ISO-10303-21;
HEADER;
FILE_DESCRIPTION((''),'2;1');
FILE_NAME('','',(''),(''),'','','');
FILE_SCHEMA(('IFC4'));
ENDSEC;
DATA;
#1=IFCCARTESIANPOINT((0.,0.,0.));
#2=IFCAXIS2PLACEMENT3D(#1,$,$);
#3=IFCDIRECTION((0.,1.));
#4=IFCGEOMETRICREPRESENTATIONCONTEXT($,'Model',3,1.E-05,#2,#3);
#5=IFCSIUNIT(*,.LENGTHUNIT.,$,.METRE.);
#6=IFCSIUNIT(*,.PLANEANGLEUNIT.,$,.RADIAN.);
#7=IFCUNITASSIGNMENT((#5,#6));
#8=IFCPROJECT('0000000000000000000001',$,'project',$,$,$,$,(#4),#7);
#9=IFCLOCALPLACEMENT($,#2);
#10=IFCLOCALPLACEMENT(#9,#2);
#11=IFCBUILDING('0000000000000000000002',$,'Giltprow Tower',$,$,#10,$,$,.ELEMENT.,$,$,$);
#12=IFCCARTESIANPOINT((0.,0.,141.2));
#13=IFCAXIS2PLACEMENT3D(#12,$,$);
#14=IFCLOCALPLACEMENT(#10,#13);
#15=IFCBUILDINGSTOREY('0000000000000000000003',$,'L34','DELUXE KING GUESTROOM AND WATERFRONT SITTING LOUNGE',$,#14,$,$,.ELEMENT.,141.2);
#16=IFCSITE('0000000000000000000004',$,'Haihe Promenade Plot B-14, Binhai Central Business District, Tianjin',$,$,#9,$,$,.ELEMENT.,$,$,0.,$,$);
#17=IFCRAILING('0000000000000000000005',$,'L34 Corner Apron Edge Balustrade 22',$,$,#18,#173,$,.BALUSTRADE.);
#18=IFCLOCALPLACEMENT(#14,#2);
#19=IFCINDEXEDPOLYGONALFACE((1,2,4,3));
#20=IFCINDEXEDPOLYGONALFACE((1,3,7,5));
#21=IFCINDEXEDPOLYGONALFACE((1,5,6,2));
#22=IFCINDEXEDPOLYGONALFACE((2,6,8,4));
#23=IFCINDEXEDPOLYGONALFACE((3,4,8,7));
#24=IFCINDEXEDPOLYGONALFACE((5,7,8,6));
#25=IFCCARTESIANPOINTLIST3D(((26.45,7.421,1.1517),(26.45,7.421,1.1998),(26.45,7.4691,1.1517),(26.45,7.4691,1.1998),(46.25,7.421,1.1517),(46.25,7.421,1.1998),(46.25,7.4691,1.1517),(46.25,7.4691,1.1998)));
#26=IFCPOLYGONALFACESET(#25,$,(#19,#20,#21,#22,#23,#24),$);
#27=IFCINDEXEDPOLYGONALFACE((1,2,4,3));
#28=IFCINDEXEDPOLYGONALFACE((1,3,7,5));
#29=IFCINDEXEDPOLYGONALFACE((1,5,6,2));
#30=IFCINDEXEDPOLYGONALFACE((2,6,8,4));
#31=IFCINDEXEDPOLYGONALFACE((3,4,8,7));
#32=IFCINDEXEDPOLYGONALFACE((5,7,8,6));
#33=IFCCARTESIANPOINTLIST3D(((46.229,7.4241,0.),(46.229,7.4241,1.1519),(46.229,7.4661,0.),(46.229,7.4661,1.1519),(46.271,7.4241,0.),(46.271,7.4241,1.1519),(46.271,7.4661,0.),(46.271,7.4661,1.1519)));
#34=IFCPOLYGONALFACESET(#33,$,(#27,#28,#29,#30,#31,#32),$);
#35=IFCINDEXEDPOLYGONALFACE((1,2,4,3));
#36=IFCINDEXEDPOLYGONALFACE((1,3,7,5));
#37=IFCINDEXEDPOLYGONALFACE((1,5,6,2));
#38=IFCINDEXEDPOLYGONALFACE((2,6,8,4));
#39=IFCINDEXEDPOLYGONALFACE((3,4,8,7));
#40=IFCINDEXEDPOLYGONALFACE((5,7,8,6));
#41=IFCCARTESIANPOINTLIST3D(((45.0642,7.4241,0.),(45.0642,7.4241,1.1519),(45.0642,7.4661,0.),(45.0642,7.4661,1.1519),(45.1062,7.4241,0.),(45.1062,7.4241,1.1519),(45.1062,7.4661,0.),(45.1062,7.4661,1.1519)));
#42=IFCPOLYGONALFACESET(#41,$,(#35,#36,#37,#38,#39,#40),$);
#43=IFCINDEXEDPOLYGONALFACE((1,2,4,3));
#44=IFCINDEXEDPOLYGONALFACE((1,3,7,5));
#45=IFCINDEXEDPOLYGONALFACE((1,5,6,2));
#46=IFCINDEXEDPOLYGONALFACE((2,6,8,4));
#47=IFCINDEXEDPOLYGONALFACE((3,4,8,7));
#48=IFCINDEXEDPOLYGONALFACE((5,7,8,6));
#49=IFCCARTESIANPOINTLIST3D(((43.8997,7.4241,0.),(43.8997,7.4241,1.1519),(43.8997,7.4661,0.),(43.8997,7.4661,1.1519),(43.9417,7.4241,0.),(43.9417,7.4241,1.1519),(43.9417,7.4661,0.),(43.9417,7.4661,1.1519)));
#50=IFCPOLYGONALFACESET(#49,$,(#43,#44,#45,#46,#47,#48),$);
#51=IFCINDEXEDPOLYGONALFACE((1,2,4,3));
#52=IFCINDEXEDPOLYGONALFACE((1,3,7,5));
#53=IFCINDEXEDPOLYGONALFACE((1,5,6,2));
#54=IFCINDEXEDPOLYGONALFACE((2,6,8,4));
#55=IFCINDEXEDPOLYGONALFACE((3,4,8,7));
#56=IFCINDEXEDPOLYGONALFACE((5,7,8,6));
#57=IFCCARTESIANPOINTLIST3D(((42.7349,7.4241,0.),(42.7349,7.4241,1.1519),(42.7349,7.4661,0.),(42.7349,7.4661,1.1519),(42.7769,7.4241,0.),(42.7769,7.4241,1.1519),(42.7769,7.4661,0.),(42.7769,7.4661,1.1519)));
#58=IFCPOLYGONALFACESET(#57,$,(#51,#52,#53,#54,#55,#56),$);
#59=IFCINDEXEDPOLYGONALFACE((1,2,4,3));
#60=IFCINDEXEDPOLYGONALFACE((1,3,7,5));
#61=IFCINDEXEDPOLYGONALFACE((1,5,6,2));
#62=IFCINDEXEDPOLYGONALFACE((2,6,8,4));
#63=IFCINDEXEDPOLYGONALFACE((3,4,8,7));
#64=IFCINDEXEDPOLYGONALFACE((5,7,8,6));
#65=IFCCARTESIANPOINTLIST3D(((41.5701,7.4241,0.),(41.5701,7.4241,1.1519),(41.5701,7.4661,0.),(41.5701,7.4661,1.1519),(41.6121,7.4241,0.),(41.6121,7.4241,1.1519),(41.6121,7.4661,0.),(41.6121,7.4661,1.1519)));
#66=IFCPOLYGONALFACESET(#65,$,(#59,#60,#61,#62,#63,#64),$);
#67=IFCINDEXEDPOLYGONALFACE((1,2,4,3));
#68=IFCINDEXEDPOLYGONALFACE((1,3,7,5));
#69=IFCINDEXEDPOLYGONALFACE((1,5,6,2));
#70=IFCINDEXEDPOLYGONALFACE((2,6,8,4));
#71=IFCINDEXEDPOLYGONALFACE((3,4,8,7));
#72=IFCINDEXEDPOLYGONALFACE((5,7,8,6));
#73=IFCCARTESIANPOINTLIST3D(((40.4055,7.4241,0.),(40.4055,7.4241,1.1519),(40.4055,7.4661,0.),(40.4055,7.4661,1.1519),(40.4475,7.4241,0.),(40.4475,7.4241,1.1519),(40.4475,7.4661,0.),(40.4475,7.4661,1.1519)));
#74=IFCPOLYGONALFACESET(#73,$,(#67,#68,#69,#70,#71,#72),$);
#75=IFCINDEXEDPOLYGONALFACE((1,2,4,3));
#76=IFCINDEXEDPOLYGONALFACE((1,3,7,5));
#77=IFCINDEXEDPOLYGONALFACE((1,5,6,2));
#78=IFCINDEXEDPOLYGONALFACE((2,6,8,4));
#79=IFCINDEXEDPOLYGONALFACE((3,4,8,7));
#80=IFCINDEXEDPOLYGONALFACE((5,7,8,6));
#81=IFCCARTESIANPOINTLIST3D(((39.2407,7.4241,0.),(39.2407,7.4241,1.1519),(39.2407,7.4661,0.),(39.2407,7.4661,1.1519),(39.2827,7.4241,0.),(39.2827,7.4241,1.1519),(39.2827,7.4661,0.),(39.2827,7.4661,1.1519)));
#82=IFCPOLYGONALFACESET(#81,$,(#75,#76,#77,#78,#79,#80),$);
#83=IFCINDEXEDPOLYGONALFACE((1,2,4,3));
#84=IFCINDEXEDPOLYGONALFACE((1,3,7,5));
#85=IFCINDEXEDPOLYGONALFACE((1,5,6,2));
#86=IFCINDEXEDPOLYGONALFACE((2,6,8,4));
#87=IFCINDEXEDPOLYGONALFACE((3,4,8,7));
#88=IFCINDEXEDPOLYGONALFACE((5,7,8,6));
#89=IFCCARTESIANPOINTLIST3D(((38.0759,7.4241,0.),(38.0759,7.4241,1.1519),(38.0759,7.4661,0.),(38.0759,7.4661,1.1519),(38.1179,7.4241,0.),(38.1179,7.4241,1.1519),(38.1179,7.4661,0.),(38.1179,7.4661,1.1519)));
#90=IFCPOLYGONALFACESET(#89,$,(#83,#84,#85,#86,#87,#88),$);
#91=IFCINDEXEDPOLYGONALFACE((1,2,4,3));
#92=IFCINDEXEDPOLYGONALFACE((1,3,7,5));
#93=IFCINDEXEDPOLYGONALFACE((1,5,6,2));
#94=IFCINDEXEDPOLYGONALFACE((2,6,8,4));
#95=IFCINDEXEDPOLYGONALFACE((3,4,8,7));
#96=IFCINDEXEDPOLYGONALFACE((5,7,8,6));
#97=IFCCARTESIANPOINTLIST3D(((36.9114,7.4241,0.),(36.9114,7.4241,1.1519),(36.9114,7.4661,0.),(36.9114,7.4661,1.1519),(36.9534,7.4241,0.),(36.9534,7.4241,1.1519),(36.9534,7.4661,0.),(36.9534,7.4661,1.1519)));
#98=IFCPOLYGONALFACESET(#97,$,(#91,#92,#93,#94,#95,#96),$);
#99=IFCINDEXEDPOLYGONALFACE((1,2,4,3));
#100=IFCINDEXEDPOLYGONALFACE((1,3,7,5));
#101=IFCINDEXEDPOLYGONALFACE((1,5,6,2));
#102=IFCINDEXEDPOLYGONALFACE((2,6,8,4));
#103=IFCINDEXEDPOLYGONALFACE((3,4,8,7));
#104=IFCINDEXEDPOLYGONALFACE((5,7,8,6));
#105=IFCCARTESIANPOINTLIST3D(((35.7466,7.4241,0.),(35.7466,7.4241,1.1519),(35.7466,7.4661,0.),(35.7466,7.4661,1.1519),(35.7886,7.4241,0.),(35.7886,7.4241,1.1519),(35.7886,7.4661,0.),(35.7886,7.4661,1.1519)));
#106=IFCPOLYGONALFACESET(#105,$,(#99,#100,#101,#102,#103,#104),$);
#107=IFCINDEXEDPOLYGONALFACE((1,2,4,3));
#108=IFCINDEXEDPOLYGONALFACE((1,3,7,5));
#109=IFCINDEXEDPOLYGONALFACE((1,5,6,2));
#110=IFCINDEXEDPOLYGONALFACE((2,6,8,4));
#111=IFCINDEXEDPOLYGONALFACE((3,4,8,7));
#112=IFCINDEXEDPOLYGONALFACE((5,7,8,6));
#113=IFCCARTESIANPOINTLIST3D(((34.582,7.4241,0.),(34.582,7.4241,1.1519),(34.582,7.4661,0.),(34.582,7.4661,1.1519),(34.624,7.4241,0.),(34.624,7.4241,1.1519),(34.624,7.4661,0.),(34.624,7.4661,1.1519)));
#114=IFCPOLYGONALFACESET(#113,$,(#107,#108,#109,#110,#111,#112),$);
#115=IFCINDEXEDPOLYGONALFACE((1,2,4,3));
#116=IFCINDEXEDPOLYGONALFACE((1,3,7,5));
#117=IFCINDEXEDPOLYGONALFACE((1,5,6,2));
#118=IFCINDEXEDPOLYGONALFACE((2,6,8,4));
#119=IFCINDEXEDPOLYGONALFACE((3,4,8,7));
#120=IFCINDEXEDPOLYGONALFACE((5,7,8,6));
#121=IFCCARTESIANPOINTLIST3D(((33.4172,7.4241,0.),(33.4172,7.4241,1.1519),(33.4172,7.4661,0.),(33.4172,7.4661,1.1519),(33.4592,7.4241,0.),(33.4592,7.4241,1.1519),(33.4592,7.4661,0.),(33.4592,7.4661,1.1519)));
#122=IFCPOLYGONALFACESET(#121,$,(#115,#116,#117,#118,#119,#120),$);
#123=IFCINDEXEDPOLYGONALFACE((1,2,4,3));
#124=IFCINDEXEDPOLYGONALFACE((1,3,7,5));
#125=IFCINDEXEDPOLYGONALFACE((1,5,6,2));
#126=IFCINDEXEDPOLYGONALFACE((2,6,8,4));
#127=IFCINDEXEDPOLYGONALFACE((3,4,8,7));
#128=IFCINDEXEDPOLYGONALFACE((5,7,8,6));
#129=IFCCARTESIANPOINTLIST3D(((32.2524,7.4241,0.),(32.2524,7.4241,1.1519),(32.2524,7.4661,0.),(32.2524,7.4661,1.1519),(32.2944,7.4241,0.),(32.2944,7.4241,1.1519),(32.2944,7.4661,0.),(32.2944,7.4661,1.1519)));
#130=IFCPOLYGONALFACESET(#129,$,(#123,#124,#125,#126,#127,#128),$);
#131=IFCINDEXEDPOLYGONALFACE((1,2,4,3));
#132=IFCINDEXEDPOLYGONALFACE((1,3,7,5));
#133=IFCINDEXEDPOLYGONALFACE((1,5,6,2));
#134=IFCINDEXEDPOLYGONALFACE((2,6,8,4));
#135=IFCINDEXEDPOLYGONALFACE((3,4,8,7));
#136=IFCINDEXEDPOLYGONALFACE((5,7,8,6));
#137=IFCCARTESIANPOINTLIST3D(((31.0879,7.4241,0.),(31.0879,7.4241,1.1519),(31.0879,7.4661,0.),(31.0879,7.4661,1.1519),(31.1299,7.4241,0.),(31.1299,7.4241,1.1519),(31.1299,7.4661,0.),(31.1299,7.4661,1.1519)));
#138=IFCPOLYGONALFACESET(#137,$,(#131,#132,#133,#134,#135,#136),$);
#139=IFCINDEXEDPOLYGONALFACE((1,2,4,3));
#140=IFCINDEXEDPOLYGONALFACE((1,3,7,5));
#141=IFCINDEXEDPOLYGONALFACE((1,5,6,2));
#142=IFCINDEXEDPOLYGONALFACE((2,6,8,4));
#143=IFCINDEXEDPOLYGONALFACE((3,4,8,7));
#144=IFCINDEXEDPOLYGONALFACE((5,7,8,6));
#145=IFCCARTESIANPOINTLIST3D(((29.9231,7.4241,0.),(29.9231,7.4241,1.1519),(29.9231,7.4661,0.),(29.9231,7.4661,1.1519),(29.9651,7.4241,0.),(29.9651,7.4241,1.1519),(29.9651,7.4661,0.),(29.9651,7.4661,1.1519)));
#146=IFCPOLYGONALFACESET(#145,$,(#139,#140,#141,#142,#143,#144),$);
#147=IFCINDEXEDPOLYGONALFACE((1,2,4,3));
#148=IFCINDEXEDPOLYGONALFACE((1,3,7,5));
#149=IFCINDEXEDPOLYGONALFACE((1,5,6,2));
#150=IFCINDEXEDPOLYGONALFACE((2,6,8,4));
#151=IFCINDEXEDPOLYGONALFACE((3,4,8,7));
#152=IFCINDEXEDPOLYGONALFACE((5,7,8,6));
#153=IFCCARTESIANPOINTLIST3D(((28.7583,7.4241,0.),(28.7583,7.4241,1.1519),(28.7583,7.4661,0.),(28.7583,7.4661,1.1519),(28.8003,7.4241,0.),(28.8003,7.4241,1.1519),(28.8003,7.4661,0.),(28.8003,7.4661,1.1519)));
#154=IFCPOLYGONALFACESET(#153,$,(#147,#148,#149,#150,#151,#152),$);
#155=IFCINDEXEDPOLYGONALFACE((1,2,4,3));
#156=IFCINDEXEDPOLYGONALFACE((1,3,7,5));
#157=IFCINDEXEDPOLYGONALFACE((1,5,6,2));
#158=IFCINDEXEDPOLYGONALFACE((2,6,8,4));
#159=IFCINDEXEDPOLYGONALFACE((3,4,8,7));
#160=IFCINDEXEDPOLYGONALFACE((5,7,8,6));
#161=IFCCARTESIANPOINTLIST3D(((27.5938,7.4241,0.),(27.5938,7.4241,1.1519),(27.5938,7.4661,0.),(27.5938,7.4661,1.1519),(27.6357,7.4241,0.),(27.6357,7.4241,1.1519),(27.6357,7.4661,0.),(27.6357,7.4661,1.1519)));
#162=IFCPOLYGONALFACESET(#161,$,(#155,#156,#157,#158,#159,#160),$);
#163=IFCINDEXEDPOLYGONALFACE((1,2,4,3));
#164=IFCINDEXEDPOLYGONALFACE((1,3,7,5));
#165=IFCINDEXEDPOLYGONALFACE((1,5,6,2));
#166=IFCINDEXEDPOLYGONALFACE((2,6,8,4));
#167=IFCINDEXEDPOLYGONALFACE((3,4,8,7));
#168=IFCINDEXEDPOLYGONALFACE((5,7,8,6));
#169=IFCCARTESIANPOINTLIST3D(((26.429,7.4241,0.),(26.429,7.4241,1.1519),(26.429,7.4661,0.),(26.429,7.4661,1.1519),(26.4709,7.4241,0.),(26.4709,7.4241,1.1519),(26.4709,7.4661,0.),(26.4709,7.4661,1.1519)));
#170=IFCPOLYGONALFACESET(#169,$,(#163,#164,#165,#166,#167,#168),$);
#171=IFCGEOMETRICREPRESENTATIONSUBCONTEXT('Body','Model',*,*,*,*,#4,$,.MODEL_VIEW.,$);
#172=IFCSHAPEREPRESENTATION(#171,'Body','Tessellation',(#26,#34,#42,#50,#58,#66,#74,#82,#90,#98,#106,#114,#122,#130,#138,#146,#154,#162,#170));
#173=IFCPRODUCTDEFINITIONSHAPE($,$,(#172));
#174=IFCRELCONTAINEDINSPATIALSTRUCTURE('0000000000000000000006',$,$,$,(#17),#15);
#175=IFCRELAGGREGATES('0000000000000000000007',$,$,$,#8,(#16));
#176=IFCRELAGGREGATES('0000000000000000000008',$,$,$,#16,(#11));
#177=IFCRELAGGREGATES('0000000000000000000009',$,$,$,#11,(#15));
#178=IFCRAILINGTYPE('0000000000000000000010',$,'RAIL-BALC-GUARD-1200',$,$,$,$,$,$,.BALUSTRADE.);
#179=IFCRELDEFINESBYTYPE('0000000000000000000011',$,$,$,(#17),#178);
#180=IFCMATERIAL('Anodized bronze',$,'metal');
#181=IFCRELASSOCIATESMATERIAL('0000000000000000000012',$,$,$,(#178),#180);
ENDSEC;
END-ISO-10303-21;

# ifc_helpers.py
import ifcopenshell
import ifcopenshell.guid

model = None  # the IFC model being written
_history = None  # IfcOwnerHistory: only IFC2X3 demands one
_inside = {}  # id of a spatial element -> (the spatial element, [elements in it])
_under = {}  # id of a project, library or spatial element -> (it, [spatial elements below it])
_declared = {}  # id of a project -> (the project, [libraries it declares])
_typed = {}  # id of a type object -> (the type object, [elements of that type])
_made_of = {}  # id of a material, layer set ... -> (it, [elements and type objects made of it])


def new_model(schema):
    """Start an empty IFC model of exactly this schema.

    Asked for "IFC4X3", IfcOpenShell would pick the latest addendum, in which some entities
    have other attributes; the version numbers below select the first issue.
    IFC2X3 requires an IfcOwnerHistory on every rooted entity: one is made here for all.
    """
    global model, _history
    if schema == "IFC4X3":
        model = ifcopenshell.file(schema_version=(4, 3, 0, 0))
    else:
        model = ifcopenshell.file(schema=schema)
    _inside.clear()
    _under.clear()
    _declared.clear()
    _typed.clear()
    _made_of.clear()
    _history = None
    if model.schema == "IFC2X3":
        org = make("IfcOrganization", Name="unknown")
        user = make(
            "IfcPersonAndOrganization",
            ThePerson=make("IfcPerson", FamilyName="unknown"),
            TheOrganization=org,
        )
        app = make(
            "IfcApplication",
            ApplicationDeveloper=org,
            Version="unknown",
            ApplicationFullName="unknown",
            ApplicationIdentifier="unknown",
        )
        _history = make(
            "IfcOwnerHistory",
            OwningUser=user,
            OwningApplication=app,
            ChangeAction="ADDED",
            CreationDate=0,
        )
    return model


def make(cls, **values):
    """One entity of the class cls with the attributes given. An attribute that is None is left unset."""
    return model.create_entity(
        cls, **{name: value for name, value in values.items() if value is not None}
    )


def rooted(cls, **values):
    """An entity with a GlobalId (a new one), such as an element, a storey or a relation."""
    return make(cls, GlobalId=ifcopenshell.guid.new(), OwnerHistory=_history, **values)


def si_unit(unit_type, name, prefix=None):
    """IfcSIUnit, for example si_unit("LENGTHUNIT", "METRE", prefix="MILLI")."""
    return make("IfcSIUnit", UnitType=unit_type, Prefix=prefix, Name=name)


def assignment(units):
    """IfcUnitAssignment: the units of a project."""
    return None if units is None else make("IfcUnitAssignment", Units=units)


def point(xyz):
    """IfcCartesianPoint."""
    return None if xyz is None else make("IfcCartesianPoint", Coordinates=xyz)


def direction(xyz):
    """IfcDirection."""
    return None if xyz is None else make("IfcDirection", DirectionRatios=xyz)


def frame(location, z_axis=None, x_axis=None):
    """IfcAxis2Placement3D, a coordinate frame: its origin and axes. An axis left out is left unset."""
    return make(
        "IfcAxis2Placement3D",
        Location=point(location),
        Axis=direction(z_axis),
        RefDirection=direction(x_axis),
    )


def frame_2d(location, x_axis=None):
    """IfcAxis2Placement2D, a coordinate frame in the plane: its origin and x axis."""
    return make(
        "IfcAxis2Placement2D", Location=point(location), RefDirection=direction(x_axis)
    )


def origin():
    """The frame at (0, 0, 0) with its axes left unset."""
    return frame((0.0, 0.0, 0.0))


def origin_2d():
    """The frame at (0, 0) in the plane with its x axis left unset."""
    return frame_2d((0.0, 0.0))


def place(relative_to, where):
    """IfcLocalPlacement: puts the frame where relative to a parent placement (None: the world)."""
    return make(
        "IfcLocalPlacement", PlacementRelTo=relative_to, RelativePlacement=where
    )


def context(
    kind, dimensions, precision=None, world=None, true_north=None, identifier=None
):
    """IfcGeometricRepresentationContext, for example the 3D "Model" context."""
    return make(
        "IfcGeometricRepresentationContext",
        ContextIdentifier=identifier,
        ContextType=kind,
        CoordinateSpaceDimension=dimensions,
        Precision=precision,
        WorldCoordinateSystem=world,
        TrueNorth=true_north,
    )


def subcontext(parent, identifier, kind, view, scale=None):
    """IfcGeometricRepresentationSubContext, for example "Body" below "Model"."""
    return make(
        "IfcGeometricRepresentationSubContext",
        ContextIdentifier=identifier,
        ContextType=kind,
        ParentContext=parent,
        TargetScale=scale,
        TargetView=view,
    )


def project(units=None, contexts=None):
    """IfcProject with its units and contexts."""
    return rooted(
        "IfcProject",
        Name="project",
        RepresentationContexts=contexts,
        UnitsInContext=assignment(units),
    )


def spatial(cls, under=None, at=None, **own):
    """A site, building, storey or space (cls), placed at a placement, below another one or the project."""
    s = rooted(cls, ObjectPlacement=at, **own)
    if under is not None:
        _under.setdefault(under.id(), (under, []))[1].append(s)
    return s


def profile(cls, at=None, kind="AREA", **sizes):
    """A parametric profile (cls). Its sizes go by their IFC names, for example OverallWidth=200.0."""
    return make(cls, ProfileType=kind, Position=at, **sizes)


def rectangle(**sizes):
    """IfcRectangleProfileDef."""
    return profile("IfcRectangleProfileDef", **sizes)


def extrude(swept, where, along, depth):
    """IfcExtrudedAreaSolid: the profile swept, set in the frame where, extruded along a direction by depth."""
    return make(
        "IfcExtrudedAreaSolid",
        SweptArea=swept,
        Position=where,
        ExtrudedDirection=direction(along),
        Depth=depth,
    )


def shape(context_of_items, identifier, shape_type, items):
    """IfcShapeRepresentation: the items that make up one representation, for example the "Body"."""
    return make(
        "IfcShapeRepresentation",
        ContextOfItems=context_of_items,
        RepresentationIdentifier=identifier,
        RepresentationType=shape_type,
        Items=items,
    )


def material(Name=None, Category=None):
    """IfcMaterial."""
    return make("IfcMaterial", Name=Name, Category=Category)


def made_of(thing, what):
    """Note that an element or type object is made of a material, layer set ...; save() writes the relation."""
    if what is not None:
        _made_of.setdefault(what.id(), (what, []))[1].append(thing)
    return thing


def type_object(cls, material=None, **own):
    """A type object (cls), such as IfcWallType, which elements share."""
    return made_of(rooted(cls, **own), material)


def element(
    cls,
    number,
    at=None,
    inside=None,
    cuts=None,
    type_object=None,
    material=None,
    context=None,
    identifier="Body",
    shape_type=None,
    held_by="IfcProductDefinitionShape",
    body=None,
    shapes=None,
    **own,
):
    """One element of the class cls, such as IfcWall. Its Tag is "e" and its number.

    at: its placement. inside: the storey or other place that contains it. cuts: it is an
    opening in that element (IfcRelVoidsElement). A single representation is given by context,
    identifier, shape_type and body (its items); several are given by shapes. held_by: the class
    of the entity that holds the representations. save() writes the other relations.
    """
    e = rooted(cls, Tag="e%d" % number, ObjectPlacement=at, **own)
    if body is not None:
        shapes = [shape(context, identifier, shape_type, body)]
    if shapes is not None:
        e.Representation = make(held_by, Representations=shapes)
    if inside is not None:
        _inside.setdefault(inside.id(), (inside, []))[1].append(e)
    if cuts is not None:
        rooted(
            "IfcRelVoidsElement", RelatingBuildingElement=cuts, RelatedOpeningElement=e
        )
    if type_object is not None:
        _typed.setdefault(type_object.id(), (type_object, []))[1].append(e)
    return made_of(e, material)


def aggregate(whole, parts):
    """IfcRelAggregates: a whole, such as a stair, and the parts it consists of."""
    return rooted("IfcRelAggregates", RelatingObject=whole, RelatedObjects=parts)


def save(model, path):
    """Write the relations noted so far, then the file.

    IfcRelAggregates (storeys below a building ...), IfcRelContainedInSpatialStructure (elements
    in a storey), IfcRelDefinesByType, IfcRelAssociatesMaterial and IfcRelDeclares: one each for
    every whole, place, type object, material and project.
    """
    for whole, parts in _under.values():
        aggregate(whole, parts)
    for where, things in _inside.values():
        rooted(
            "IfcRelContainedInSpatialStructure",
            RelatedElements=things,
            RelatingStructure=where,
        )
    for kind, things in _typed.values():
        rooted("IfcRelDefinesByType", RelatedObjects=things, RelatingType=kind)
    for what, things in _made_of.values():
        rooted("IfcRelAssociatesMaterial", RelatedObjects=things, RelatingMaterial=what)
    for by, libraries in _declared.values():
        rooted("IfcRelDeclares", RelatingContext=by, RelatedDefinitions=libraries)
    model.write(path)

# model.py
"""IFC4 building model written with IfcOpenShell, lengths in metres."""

from ifc_helpers import new_model, si_unit, direction, frame, origin, origin_2d, place, context, subcontext, project, spatial, rectangle, extrude, material, type_object, element, save


model = new_model("IFC4")

# Units and contexts
model_context = context("Model", 3, precision=1e-05, world=origin(), true_north=direction((0.0, 1.0)))
body_context = subcontext(model_context, "Body", "Model", "MODEL_VIEW")
ifc_project = project(units=[si_unit("LENGTHUNIT", "METRE"), si_unit("PLANEANGLEUNIT", "RADIAN")], contexts=[model_context])

# Site, building, storey
site_placement = place(None, origin())
site = spatial("IfcSite", under=ifc_project, at=site_placement, Name="Haihe Promenade Plot B-14, Binhai Central Business District, Tianjin", CompositionType="ELEMENT", RefElevation=0.0)
building_placement = place(site_placement, origin())
building = spatial("IfcBuilding", under=site, at=building_placement, Name="Giltprow Tower", CompositionType="ELEMENT")
storey_placement = place(building_placement, frame((0.0, 0.0, 141.2)))
storey = spatial("IfcBuildingStorey", under=building, at=storey_placement, Name="L34", Description="DELUXE KING GUESTROOM AND WATERFRONT SITTING LOUNGE", CompositionType="ELEMENT", Elevation=141.2)

# Shared definitions
ifc_material_1 = material(Name="Anodized bronze", Category="metal")

# Railing
railing_type = type_object("IfcRailingType", Name="RAIL-BALC-GUARD-1200", PredefinedType="BALUSTRADE", material=ifc_material_1)
railing_1_placement = place(storey_placement, frame((46.25, 7.4451, 0.0)))
element("IfcRailing", 1, at=railing_1_placement, inside=storey, type_object=railing_type, Name="L34 Corner Apron Edge Balustrade 22", PredefinedType="BALUSTRADE", context=body_context, shape_type="SweptSolid", body=[
    extrude(rectangle(XDim=0.0481, YDim=0.0481, at=origin_2d()), frame((0.0, 0.0, 1.1758), z_axis=(-1.0, 0.0, 0.0), x_axis=(0.0, -1.0, 0.0)), (0.0, 0.0, 1.0), 19.8),
    extrude(rectangle(XDim=0.042, YDim=0.042, at=origin_2d()), origin(), (0.0, 0.0, 1.0), 1.1519),
    extrude(rectangle(XDim=0.042, YDim=0.042, at=origin_2d()), frame((-1.1648, 0.0, 0.0)), (0.0, 0.0, 1.0), 1.1519),
    extrude(rectangle(XDim=0.042, YDim=0.042, at=origin_2d()), frame((-2.3293, 0.0, 0.0)), (0.0, 0.0, 1.0), 1.1519),
    extrude(rectangle(XDim=0.042, YDim=0.042, at=origin_2d()), frame((-3.4941, 0.0, 0.0)), (0.0, 0.0, 1.0), 1.1519),
    extrude(rectangle(XDim=0.042, YDim=0.042, at=origin_2d()), frame((-4.6589, 0.0, 0.0)), (0.0, 0.0, 1.0), 1.1519),
    extrude(rectangle(XDim=0.042, YDim=0.042, at=origin_2d()), frame((-5.8235, 0.0, 0.0)), (0.0, 0.0, 1.0), 1.1519),
    extrude(rectangle(XDim=0.042, YDim=0.042, at=origin_2d()), frame((-6.9883, 0.0, 0.0)), (0.0, 0.0, 1.0), 1.1519),
    extrude(rectangle(XDim=0.042, YDim=0.042, at=origin_2d()), frame((-8.1531, 0.0, 0.0)), (0.0, 0.0, 1.0), 1.1519),
    extrude(rectangle(XDim=0.042, YDim=0.042, at=origin_2d()), frame((-9.3176, 0.0, 0.0)), (0.0, 0.0, 1.0), 1.1519),
    extrude(rectangle(XDim=0.042, YDim=0.042, at=origin_2d()), frame((-10.4824, 0.0, 0.0)), (0.0, 0.0, 1.0), 1.1519),
    extrude(rectangle(XDim=0.042, YDim=0.042, at=origin_2d()), frame((-11.647, 0.0, 0.0)), (0.0, 0.0, 1.0), 1.1519),
    extrude(rectangle(XDim=0.042, YDim=0.042, at=origin_2d()), frame((-12.8118, 0.0, 0.0)), (0.0, 0.0, 1.0), 1.1519),
    extrude(rectangle(XDim=0.042, YDim=0.042, at=origin_2d()), frame((-13.9766, 0.0, 0.0)), (0.0, 0.0, 1.0), 1.1519),
    extrude(rectangle(XDim=0.042, YDim=0.042, at=origin_2d()), frame((-15.1411, 0.0, 0.0)), (0.0, 0.0, 1.0), 1.1519),
    extrude(rectangle(XDim=0.042, YDim=0.042, at=origin_2d()), frame((-16.3059, 0.0, 0.0)), (0.0, 0.0, 1.0), 1.1519),
    extrude(rectangle(XDim=0.042, YDim=0.042, at=origin_2d()), frame((-17.4707, 0.0, 0.0)), (0.0, 0.0, 1.0), 1.1519),
    extrude(rectangle(XDim=0.042, YDim=0.042, at=origin_2d()), frame((-18.6353, 0.0, 0.0)), (0.0, 0.0, 1.0), 1.1519),
    extrude(rectangle(XDim=0.042, YDim=0.042, at=origin_2d()), frame((-19.8, 0.0, 0.0)), (0.0, 0.0, 1.0), 1.1519),
])

save(model, "model.ifc")
